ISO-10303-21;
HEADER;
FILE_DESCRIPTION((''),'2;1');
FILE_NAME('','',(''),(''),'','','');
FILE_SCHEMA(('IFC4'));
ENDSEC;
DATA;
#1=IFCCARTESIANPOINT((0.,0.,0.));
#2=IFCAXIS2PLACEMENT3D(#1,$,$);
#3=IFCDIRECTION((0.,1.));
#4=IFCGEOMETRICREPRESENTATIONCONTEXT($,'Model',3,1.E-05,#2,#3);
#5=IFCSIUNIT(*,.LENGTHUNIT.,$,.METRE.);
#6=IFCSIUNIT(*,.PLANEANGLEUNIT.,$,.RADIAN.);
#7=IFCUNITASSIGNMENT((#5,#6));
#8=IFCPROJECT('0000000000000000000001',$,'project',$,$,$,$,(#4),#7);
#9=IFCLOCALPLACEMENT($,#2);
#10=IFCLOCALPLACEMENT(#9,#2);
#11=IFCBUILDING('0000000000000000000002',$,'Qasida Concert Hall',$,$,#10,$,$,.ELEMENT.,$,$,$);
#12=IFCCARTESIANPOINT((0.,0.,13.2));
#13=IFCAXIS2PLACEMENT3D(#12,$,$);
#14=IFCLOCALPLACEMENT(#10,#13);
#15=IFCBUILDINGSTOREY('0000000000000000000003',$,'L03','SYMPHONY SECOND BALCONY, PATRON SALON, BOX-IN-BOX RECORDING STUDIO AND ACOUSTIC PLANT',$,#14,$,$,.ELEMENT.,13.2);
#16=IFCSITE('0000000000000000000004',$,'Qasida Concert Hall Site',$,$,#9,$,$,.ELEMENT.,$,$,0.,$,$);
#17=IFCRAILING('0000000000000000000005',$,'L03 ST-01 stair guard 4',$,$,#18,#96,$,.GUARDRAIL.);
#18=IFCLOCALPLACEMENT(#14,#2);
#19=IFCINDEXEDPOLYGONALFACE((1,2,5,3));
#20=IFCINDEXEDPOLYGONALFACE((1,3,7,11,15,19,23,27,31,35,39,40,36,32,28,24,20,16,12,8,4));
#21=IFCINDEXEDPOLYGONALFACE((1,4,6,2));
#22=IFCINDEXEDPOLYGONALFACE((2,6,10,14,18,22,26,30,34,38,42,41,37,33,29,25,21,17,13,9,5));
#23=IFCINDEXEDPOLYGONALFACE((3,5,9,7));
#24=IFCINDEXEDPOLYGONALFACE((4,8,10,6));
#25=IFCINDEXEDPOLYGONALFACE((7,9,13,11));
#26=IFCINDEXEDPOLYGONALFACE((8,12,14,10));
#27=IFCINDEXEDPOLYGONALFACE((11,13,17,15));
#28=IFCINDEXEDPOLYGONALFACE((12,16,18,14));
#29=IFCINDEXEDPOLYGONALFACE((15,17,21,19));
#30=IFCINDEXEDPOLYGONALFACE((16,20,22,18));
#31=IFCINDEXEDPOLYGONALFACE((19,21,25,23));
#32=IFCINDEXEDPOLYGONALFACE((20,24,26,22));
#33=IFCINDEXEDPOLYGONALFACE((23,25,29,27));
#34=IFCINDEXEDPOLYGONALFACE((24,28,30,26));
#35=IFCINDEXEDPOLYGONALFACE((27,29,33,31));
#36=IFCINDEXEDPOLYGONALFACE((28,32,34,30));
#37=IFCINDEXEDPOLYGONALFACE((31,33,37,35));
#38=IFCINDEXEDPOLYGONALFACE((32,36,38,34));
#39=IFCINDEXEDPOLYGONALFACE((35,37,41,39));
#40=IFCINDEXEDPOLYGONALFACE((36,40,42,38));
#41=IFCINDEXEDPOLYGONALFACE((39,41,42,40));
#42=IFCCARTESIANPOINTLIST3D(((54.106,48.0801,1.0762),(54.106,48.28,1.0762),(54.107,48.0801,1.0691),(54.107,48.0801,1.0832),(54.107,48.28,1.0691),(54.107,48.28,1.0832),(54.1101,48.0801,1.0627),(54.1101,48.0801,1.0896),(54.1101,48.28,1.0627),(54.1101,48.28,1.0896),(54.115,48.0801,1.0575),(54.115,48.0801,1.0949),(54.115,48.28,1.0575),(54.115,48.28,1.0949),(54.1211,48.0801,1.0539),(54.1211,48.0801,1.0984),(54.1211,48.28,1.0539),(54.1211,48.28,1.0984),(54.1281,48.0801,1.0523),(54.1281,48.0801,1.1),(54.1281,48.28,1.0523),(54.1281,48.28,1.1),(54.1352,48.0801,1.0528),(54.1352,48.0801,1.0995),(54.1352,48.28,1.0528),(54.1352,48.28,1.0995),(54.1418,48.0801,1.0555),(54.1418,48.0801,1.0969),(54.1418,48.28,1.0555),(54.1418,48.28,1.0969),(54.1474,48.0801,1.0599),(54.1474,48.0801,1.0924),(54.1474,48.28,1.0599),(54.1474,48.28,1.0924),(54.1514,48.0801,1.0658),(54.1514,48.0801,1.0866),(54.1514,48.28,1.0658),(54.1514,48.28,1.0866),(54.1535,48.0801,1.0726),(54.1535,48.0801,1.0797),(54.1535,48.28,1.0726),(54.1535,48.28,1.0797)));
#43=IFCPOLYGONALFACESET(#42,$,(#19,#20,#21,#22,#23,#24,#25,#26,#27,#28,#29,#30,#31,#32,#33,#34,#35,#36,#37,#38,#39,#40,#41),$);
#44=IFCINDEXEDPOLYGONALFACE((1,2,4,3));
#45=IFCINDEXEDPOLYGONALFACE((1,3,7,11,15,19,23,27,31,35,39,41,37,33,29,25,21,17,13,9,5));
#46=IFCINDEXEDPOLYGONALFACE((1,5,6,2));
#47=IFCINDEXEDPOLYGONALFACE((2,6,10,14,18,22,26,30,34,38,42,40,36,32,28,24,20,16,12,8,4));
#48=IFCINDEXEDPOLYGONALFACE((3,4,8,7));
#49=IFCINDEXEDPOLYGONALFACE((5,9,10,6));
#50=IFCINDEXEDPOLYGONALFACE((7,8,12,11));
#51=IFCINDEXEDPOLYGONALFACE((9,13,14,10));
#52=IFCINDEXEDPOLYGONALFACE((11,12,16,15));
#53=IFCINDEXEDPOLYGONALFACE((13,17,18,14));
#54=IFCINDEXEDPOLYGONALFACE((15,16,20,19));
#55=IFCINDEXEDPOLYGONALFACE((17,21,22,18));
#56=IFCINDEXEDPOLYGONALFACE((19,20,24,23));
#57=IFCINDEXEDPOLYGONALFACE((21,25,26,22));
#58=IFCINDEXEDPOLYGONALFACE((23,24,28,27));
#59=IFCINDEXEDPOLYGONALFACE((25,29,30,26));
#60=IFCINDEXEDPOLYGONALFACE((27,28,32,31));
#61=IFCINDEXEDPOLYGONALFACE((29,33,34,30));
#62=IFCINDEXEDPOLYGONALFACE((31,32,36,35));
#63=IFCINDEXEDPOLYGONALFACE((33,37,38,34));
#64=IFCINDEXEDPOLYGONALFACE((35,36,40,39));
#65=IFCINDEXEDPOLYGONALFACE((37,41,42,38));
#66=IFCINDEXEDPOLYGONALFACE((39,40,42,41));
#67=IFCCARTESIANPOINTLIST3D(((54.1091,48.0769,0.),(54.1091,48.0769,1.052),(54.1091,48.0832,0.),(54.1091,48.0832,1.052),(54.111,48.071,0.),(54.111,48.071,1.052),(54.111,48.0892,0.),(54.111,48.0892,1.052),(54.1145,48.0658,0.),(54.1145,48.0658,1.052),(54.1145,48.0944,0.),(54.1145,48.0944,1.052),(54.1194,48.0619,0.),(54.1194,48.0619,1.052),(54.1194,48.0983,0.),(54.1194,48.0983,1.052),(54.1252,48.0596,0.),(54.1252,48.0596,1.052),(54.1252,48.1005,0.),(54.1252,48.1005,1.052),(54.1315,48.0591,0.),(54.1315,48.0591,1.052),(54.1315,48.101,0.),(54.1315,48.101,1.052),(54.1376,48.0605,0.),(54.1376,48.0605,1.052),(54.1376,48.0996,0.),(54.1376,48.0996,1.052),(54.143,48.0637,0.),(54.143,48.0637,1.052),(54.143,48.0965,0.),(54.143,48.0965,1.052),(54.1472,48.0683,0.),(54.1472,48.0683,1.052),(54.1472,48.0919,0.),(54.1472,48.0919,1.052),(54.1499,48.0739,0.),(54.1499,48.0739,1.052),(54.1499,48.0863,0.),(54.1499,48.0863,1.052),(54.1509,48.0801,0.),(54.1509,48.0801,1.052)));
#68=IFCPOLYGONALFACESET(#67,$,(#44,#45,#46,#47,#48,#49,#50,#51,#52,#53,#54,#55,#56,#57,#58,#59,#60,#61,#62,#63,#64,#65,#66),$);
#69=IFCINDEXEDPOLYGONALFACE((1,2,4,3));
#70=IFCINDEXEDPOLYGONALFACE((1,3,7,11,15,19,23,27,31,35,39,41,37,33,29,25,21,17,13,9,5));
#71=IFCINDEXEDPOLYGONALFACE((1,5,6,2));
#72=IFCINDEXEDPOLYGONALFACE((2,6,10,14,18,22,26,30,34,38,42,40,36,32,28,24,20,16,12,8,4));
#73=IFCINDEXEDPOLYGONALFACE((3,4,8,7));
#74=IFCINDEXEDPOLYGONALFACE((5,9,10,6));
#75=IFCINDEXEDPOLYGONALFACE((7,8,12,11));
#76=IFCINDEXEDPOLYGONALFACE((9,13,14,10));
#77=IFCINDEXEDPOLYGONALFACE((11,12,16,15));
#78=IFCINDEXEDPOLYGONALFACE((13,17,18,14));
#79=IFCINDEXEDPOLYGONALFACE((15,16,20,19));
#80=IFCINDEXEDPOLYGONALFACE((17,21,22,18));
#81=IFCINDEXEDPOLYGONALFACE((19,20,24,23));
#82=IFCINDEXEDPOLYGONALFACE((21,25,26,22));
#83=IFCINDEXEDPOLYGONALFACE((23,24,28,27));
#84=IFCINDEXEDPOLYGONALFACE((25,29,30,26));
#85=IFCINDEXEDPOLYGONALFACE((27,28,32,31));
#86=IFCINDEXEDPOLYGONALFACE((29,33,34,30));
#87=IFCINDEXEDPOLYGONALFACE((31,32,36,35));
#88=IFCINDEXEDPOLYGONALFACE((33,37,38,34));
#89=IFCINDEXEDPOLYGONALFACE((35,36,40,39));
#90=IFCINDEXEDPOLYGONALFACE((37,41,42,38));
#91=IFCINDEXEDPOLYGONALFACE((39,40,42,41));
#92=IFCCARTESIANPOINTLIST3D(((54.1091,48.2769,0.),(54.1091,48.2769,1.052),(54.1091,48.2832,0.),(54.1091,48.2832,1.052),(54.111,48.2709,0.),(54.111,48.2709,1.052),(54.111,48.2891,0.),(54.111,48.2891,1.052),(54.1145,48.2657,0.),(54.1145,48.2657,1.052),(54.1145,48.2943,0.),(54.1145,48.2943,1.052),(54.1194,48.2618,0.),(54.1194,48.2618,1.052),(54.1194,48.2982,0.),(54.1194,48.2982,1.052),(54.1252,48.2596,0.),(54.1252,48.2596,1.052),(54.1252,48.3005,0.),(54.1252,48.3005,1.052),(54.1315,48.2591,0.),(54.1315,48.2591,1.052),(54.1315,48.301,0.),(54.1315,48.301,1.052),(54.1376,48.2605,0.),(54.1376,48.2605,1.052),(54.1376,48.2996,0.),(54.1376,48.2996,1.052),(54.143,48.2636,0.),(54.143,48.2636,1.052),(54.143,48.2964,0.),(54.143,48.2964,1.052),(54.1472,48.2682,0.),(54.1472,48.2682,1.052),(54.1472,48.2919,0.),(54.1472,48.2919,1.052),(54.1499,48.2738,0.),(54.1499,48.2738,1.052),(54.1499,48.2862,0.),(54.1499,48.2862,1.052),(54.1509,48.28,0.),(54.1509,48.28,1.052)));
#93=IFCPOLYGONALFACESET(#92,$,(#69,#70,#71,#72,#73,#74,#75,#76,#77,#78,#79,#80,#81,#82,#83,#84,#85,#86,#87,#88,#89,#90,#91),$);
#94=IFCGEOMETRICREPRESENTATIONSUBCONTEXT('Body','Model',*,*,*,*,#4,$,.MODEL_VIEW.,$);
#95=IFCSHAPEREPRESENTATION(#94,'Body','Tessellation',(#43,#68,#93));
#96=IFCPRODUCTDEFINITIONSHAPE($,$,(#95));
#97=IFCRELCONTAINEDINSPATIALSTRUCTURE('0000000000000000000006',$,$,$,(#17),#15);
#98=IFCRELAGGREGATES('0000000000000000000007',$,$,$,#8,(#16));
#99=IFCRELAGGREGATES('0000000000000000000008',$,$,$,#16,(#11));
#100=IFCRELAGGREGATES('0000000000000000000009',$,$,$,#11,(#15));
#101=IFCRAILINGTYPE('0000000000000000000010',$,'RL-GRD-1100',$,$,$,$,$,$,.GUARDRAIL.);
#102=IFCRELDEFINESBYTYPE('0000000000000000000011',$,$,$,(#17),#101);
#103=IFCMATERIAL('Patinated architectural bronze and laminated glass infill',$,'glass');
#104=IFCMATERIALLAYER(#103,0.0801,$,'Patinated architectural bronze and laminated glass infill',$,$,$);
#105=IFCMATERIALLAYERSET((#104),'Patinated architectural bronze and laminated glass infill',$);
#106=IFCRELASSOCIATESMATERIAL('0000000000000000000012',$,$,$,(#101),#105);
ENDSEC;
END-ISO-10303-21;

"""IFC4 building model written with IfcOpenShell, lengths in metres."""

from ifc_helpers import new_model, si_unit, direction, frame, origin, origin_2d, place, context, subcontext, project, spatial, circle, extrude, material, layer, layer_set, type_object, element, save


model = new_model("IFC4")

# Units and contexts
model_context = context("Model", 3, precision=1e-05, world=origin(), true_north=direction((0.0, 1.0)))
body_context = subcontext(model_context, "Body", "Model", "MODEL_VIEW")
ifc_project = project(units=[si_unit("LENGTHUNIT", "METRE"), si_unit("PLANEANGLEUNIT", "RADIAN")], contexts=[model_context])

# Site, building, storey
site_placement = place(None, origin())
site = spatial("IfcSite", under=ifc_project, at=site_placement, Name="Qasida Concert Hall Site", CompositionType="ELEMENT", RefElevation=0.0)
building_placement = place(site_placement, origin())
building = spatial("IfcBuilding", under=site, at=building_placement, Name="Qasida Concert Hall", CompositionType="ELEMENT")
storey_placement = place(building_placement, frame((0.0, 0.0, 13.2)))
storey = spatial("IfcBuildingStorey", under=building, at=storey_placement, Name="L03", Description="SYMPHONY SECOND BALCONY, PATRON SALON, BOX-IN-BOX RECORDING STUDIO AND ACOUSTIC PLANT", CompositionType="ELEMENT", Elevation=13.2)

# Railing
ifc_material_1 = material(Name="Patinated architectural bronze and laminated glass infill", Category="glass")
ifc_layer_1 = layer(ifc_material_1, 0.0801, Name="Patinated architectural bronze and laminated glass infill")
ifc_layer_set_1 = layer_set([ifc_layer_1], Name="Patinated architectural bronze and laminated glass infill")
railing_type_1 = type_object("IfcRailingType", Name="RL-GRD-1100", PredefinedType="GUARDRAIL", material=ifc_layer_set_1)
railing_1_placement = place(storey_placement, frame((54.1299, 48.0801, 0.0)))
element("IfcRailing", 1, at=railing_1_placement, inside=storey, type_object=railing_type_1, Name="L03 ST-01 stair guard 4", PredefinedType="GUARDRAIL", context=body_context, shape_type="SweptSolid", body=[
    extrude(circle(Radius=0.0239, at=origin_2d()), frame((0.0, 0.0, 1.0762), z_axis=(0.0, 1.0, 0.0), x_axis=(-1.0, 0.0, 0.0)), (0.0, 0.0, 1.0), 0.2),
    extrude(circle(Radius=0.021, at=origin_2d()), origin(), (0.0, 0.0, 1.0), 1.052),
    extrude(circle(Radius=0.021, at=origin_2d()), frame((0.0, 0.2, 0.0)), (0.0, 0.0, 1.0), 1.052),
])

save(model, "model.ifc")
